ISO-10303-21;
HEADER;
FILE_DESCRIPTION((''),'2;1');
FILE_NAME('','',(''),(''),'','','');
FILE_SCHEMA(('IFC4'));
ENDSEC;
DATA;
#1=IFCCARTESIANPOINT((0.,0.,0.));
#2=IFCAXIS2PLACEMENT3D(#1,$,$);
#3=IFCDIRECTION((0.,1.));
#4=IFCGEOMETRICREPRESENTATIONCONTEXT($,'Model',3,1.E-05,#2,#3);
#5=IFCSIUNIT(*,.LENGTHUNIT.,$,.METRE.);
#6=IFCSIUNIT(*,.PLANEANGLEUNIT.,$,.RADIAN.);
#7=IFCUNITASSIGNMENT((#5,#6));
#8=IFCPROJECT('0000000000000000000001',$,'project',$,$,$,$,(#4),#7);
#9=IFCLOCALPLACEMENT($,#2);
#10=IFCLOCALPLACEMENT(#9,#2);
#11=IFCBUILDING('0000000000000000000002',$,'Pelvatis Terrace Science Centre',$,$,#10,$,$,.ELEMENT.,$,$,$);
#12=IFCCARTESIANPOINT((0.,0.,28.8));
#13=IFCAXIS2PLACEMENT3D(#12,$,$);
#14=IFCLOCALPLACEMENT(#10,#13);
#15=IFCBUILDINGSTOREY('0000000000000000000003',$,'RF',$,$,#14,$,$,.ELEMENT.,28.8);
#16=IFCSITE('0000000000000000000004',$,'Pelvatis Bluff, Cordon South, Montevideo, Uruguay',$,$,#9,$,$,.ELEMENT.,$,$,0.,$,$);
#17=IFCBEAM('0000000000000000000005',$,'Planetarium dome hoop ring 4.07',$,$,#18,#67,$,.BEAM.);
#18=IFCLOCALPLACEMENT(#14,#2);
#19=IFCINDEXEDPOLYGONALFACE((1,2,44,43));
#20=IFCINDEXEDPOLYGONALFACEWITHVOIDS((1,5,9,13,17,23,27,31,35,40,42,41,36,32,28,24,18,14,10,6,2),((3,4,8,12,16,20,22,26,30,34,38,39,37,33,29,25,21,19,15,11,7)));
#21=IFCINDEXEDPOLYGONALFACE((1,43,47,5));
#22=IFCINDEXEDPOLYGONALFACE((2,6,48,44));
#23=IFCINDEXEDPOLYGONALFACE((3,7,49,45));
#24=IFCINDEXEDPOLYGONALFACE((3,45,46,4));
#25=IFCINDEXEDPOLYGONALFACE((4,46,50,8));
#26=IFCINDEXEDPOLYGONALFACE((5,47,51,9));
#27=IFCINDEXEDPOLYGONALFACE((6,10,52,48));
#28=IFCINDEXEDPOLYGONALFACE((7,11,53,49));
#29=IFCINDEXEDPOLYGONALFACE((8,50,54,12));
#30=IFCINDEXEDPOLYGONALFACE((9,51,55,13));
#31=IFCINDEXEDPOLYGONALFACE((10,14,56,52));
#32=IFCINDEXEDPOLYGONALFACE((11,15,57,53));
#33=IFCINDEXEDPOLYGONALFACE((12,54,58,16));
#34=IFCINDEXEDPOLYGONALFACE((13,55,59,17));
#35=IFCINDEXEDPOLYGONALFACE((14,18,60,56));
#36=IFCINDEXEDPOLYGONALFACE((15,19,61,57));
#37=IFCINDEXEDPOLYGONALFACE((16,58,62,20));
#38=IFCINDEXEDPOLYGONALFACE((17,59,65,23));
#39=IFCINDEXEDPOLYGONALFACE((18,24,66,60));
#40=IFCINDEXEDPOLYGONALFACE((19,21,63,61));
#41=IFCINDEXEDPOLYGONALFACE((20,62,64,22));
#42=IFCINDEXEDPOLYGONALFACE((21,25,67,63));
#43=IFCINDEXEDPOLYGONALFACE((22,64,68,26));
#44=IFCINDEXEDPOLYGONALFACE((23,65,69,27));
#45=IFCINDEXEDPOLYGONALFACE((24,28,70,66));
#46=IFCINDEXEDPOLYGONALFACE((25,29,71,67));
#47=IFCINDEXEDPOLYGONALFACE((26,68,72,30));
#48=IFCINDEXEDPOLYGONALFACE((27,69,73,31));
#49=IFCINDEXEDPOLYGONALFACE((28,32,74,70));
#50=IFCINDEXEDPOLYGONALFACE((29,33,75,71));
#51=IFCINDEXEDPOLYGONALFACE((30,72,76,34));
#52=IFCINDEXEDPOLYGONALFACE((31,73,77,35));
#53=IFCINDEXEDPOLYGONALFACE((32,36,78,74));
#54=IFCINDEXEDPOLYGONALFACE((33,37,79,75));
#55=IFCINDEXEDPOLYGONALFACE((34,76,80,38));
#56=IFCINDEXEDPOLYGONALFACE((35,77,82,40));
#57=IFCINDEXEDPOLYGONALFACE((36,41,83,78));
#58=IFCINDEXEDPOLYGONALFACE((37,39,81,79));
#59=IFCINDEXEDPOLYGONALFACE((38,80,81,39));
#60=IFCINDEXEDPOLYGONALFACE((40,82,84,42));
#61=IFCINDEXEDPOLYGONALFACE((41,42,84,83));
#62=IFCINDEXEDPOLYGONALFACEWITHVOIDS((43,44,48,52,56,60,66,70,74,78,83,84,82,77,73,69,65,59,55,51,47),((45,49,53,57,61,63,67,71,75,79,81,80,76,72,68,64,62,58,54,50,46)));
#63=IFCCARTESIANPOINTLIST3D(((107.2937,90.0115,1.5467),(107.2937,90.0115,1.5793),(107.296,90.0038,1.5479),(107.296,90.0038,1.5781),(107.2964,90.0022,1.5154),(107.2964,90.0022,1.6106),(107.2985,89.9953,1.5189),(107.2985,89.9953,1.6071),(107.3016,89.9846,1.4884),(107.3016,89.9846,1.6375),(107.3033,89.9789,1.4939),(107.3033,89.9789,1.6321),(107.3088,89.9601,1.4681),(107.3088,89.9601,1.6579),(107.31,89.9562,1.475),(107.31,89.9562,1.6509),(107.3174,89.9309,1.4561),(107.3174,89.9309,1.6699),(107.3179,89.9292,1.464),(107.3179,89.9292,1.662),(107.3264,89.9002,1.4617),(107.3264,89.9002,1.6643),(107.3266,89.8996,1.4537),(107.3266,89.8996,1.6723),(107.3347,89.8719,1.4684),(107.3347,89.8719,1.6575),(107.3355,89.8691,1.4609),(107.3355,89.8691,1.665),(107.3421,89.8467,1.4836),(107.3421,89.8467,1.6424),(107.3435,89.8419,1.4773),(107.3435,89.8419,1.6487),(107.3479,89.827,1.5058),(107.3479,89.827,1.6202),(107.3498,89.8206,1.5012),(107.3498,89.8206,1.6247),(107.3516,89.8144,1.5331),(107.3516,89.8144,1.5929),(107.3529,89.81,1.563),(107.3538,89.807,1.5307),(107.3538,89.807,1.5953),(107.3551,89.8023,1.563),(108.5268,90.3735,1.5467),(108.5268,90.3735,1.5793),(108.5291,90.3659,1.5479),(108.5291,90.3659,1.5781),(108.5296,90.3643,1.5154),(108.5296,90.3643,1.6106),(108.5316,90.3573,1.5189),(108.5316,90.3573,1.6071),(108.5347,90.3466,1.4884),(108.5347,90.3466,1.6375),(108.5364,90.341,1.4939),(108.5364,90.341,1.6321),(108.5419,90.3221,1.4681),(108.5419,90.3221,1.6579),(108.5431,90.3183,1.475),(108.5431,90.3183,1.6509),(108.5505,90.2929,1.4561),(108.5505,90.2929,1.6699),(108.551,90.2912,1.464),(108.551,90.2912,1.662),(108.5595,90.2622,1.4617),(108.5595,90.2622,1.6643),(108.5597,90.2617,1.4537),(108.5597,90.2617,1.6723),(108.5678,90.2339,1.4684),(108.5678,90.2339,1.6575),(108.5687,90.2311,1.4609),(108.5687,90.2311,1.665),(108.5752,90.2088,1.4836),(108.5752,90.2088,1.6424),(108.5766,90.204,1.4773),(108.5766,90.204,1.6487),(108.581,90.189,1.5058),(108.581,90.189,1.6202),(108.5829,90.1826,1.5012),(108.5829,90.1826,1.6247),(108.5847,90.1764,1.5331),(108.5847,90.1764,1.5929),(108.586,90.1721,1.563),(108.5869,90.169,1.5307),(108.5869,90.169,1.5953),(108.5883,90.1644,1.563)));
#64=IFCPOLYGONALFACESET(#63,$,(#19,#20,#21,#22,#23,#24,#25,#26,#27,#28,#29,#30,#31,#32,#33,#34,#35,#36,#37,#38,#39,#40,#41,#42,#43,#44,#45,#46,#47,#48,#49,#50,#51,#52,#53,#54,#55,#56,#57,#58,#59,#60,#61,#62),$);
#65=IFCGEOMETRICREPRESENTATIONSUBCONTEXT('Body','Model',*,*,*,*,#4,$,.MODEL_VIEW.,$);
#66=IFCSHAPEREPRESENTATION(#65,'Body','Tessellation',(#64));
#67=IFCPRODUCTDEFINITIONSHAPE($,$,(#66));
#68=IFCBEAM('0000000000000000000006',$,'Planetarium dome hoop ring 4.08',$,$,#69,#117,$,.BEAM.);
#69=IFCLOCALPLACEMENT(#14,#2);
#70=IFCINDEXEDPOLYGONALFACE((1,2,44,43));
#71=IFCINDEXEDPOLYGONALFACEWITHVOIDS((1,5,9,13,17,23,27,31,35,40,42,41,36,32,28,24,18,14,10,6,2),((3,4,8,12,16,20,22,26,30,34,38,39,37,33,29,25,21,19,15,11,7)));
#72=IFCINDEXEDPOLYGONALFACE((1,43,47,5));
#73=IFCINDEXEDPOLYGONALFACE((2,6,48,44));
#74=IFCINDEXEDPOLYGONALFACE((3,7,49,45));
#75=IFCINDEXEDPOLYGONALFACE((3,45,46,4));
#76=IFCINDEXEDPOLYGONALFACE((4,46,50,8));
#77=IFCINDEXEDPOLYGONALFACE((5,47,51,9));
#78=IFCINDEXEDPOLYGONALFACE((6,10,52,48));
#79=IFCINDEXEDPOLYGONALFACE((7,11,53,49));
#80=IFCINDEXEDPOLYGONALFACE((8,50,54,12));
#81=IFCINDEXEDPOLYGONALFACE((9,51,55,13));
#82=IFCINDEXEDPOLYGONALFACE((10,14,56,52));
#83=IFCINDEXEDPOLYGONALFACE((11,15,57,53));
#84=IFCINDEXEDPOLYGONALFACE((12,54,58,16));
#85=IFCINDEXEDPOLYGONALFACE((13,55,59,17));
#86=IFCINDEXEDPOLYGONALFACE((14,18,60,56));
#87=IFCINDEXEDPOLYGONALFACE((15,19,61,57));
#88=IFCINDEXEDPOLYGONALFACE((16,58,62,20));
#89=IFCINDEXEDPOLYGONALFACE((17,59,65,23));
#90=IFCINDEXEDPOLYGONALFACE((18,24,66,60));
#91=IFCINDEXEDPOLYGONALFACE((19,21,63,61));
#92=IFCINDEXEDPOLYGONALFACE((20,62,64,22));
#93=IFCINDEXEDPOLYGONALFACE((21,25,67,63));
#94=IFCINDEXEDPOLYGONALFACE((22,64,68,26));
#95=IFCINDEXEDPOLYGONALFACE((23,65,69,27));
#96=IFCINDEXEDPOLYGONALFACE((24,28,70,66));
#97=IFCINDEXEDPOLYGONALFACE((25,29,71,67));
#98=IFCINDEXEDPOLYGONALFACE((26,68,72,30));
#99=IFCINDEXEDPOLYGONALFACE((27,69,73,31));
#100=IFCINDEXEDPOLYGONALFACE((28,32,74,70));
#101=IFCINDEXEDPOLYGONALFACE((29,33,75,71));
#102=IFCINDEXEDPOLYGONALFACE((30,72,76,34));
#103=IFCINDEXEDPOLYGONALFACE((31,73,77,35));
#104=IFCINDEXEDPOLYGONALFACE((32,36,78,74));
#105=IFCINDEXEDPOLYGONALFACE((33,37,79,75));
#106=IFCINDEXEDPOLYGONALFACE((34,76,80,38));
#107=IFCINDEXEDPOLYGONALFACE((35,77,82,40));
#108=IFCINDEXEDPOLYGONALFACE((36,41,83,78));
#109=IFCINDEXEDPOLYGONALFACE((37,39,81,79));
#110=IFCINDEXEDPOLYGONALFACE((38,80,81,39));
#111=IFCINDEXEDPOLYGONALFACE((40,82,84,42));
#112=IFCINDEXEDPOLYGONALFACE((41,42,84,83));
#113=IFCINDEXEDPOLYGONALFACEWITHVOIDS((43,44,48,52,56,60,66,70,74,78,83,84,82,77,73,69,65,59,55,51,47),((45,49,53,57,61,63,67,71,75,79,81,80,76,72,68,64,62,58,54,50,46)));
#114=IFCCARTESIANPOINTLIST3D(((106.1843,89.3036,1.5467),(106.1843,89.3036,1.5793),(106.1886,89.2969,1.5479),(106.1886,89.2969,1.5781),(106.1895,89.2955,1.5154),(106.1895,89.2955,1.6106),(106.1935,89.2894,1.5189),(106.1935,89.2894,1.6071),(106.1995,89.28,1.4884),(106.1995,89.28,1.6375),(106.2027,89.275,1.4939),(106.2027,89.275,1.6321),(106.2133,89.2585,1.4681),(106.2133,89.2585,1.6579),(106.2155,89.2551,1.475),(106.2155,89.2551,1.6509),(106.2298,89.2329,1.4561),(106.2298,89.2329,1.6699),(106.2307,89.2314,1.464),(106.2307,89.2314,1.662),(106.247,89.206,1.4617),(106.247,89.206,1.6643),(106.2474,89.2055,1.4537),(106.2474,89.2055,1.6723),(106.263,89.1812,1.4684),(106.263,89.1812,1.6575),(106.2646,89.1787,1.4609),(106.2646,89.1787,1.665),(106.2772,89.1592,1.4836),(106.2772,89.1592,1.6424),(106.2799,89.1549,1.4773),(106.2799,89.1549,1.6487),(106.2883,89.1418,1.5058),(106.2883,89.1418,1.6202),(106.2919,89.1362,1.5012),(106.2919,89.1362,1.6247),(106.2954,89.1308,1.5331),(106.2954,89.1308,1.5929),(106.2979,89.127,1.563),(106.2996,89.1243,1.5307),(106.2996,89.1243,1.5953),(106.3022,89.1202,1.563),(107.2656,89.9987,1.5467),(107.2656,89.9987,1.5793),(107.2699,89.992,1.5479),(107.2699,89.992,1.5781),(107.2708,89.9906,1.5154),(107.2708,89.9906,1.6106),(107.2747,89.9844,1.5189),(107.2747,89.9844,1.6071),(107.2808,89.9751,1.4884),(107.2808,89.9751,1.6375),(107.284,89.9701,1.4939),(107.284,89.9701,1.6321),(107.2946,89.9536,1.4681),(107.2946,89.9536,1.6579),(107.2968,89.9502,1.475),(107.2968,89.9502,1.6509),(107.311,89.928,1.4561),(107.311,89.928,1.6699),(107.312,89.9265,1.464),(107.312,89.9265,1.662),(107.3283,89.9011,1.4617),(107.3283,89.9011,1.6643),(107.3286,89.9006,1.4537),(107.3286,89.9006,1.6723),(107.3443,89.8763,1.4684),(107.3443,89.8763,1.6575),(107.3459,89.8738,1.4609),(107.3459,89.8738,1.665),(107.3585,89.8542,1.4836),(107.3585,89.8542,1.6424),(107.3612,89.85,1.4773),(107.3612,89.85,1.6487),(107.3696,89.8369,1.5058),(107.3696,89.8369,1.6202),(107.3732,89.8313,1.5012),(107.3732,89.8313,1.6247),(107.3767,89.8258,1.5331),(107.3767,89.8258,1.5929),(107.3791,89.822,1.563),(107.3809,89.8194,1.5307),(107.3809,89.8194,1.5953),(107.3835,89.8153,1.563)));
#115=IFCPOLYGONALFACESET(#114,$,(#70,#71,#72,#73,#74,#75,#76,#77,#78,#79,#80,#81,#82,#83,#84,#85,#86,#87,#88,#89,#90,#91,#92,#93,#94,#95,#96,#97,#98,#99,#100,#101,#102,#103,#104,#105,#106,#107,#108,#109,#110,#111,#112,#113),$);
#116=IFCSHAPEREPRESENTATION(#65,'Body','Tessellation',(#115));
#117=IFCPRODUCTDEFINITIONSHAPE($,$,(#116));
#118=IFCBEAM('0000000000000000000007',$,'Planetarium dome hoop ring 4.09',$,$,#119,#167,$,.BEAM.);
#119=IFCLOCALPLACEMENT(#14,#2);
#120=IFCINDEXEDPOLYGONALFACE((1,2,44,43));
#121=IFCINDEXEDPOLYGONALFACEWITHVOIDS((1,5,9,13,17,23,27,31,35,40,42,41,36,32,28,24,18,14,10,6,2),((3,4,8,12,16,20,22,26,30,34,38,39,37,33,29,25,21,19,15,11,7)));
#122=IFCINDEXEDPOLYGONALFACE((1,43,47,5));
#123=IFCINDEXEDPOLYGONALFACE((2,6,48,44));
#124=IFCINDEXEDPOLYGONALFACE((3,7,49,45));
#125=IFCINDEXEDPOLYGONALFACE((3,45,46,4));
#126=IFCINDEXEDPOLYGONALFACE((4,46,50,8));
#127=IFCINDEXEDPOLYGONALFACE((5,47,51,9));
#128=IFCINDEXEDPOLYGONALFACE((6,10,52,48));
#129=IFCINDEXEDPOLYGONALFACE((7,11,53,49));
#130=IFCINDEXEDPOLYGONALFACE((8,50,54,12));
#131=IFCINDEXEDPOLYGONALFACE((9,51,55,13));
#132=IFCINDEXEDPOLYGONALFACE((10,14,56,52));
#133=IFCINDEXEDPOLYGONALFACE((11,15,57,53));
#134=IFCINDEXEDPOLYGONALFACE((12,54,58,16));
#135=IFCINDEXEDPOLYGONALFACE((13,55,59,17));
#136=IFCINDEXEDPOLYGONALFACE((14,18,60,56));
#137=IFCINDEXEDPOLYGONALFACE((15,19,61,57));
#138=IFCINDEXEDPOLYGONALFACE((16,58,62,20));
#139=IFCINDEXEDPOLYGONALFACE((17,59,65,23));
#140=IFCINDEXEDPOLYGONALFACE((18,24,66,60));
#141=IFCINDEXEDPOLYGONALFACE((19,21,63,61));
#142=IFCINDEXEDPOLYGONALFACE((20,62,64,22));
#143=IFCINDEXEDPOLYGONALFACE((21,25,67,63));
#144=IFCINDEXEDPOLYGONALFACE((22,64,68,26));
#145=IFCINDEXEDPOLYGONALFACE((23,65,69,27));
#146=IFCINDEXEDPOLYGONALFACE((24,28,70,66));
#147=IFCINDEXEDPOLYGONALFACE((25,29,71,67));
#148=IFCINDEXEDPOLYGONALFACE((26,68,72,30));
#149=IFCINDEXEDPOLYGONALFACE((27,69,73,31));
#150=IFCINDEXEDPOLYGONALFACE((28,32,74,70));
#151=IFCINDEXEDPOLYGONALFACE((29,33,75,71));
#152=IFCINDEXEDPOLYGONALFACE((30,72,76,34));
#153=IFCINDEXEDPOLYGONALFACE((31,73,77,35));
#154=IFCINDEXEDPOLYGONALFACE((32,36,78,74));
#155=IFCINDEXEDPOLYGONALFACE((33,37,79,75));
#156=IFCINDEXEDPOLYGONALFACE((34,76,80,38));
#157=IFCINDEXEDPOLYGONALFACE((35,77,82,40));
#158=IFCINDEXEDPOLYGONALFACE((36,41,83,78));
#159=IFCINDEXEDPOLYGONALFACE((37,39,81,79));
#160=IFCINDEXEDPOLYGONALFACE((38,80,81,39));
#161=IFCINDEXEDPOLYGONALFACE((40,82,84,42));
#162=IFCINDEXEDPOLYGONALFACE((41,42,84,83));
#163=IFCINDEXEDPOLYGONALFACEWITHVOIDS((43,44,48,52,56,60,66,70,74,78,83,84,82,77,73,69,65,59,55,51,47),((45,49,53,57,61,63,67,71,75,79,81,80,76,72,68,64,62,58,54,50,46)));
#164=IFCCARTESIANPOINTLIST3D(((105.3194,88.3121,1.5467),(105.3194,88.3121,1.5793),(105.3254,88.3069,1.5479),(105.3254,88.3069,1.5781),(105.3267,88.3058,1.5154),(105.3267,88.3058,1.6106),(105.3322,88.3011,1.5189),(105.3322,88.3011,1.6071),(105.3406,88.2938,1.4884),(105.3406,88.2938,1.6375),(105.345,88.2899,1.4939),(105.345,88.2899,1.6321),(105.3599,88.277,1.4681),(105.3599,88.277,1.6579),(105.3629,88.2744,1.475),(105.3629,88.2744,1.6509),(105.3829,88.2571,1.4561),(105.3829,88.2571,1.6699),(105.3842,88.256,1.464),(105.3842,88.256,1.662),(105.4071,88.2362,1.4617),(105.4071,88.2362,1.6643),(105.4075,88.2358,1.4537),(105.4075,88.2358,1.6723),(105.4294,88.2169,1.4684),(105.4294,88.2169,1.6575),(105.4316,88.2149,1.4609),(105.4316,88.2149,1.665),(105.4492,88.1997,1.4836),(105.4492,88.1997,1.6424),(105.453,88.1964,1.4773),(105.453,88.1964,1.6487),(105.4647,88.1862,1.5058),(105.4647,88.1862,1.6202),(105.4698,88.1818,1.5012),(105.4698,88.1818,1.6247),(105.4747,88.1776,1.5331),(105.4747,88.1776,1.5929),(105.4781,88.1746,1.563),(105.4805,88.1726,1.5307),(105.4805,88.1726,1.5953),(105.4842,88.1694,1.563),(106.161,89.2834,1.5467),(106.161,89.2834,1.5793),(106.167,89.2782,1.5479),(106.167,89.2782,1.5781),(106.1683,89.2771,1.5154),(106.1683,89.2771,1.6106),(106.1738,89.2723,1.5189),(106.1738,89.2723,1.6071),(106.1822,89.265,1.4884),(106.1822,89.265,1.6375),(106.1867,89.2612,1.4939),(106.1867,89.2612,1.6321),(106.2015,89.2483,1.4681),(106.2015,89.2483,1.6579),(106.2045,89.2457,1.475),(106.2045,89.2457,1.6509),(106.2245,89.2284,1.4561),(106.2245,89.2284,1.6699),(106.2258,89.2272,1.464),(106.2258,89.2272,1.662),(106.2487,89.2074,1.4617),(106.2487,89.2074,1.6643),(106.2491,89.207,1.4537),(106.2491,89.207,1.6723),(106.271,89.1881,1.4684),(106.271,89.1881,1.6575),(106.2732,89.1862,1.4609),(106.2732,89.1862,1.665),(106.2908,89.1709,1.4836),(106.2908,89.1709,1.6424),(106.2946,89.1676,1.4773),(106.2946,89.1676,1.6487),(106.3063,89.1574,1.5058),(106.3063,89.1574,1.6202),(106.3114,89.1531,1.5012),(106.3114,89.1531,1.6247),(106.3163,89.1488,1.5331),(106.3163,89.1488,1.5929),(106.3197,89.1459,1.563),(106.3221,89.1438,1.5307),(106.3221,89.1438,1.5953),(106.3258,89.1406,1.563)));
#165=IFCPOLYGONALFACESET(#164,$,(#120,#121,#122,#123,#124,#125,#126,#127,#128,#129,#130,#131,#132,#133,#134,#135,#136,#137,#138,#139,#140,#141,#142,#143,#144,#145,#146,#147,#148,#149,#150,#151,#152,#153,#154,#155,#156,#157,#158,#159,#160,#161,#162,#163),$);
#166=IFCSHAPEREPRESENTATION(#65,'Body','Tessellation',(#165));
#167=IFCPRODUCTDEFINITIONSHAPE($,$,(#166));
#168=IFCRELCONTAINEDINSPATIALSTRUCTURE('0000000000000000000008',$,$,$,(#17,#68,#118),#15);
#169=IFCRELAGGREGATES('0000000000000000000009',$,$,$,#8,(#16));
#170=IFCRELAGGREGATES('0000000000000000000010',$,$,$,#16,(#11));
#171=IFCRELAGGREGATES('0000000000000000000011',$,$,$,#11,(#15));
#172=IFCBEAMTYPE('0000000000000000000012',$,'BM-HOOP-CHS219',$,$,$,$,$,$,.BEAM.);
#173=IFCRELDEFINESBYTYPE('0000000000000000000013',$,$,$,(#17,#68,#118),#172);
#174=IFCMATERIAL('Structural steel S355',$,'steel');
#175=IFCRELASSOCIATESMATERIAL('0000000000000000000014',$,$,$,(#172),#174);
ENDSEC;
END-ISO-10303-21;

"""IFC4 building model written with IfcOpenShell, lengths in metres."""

from ifc_helpers import new_model, si_unit, direction, frame, origin, origin_2d, place, context, subcontext, project, spatial, hollow_circle, extrude, material, material_profile, profile_set, type_object, element, save


model = new_model("IFC4")

# Units and contexts
model_context = context("Model", 3, precision=1e-05, world=origin(), true_north=direction((0.0, 1.0)))
body_context = subcontext(model_context, "Body", "Model", "MODEL_VIEW")
ifc_project = project(units=[si_unit("LENGTHUNIT", "METRE"), si_unit("PLANEANGLEUNIT", "RADIAN")], contexts=[model_context])

# Site, building, storey
site_placement = place(None, origin())
site = spatial("IfcSite", under=ifc_project, at=site_placement, Name="Pelvatis Bluff, Cordon South, Montevideo, Uruguay", CompositionType="ELEMENT", RefElevation=0.0)
building_placement = place(site_placement, origin())
building = spatial("IfcBuilding", under=site, at=building_placement, Name="Pelvatis Terrace Science Centre", CompositionType="ELEMENT")
storey_placement = place(building_placement, frame((0.0, 0.0, 28.8)))
storey = spatial("IfcBuildingStorey", under=building, at=storey_placement, Name="RF", CompositionType="ELEMENT", Elevation=28.8)

# Beams
ifc_material_1 = material(Name="Structural steel S355", Category="steel")
ifc_material_profile_1 = material_profile(ifc_material_1, hollow_circle(Radius=0.1096, WallThickness=0.0081, at=origin_2d()), Name="CHS 219.1x8.0")
ifc_profile_set_1 = profile_set([ifc_material_profile_1], Name="Structural steel S355")
beam_type_1 = type_object("IfcBeamType", Name="BM-HOOP-CHS219", PredefinedType="BEAM", material=ifc_profile_set_1)
beam_1_placement = place(storey_placement, frame((108.5574, 90.2695, 1.563), z_axis=(-0.959498, -0.281714, 0.0), x_axis=(0.281714, -0.959498, 0.0)))
element("IfcBeam", 1, at=beam_1_placement, inside=storey, type_object=beam_type_1, Name="Planetarium dome hoop ring 4.07", PredefinedType="BEAM", context=body_context, shape_type="SweptSolid", body=[
    extrude(hollow_circle(Radius=0.1096, WallThickness=0.0081, at=origin_2d()), origin(), (0.0, 0.0, 1.0), 1.2852),
])
beam_2_placement = place(storey_placement, frame((107.3242, 89.9075, 1.563), z_axis=(-0.841197, -0.540729, 0.0), x_axis=(0.540729, -0.841197, 0.0)))
element("IfcBeam", 2, at=beam_2_placement, inside=storey, type_object=beam_type_1, Name="Planetarium dome hoop ring 4.08", PredefinedType="BEAM", context=body_context, shape_type="SweptSolid", body=[
    extrude(hollow_circle(Radius=0.1096, WallThickness=0.0081, at=origin_2d()), origin(), (0.0, 0.0, 1.0), 1.2854),
])
beam_3_placement = place(storey_placement, frame((106.2429, 89.2124, 1.563), z_axis=(-0.654865, -0.755745, 0.0), x_axis=(0.755745, -0.654865, 0.0)))
element("IfcBeam", 3, at=beam_3_placement, inside=storey, type_object=beam_type_1, Name="Planetarium dome hoop ring 4.09", PredefinedType="BEAM", context=body_context, shape_type="SweptSolid", body=[
    extrude(hollow_circle(Radius=0.1096, WallThickness=0.0081, at=origin_2d()), origin(), (0.0, 0.0, 1.0), 1.2852),
])

save(model, "model.ifc")
